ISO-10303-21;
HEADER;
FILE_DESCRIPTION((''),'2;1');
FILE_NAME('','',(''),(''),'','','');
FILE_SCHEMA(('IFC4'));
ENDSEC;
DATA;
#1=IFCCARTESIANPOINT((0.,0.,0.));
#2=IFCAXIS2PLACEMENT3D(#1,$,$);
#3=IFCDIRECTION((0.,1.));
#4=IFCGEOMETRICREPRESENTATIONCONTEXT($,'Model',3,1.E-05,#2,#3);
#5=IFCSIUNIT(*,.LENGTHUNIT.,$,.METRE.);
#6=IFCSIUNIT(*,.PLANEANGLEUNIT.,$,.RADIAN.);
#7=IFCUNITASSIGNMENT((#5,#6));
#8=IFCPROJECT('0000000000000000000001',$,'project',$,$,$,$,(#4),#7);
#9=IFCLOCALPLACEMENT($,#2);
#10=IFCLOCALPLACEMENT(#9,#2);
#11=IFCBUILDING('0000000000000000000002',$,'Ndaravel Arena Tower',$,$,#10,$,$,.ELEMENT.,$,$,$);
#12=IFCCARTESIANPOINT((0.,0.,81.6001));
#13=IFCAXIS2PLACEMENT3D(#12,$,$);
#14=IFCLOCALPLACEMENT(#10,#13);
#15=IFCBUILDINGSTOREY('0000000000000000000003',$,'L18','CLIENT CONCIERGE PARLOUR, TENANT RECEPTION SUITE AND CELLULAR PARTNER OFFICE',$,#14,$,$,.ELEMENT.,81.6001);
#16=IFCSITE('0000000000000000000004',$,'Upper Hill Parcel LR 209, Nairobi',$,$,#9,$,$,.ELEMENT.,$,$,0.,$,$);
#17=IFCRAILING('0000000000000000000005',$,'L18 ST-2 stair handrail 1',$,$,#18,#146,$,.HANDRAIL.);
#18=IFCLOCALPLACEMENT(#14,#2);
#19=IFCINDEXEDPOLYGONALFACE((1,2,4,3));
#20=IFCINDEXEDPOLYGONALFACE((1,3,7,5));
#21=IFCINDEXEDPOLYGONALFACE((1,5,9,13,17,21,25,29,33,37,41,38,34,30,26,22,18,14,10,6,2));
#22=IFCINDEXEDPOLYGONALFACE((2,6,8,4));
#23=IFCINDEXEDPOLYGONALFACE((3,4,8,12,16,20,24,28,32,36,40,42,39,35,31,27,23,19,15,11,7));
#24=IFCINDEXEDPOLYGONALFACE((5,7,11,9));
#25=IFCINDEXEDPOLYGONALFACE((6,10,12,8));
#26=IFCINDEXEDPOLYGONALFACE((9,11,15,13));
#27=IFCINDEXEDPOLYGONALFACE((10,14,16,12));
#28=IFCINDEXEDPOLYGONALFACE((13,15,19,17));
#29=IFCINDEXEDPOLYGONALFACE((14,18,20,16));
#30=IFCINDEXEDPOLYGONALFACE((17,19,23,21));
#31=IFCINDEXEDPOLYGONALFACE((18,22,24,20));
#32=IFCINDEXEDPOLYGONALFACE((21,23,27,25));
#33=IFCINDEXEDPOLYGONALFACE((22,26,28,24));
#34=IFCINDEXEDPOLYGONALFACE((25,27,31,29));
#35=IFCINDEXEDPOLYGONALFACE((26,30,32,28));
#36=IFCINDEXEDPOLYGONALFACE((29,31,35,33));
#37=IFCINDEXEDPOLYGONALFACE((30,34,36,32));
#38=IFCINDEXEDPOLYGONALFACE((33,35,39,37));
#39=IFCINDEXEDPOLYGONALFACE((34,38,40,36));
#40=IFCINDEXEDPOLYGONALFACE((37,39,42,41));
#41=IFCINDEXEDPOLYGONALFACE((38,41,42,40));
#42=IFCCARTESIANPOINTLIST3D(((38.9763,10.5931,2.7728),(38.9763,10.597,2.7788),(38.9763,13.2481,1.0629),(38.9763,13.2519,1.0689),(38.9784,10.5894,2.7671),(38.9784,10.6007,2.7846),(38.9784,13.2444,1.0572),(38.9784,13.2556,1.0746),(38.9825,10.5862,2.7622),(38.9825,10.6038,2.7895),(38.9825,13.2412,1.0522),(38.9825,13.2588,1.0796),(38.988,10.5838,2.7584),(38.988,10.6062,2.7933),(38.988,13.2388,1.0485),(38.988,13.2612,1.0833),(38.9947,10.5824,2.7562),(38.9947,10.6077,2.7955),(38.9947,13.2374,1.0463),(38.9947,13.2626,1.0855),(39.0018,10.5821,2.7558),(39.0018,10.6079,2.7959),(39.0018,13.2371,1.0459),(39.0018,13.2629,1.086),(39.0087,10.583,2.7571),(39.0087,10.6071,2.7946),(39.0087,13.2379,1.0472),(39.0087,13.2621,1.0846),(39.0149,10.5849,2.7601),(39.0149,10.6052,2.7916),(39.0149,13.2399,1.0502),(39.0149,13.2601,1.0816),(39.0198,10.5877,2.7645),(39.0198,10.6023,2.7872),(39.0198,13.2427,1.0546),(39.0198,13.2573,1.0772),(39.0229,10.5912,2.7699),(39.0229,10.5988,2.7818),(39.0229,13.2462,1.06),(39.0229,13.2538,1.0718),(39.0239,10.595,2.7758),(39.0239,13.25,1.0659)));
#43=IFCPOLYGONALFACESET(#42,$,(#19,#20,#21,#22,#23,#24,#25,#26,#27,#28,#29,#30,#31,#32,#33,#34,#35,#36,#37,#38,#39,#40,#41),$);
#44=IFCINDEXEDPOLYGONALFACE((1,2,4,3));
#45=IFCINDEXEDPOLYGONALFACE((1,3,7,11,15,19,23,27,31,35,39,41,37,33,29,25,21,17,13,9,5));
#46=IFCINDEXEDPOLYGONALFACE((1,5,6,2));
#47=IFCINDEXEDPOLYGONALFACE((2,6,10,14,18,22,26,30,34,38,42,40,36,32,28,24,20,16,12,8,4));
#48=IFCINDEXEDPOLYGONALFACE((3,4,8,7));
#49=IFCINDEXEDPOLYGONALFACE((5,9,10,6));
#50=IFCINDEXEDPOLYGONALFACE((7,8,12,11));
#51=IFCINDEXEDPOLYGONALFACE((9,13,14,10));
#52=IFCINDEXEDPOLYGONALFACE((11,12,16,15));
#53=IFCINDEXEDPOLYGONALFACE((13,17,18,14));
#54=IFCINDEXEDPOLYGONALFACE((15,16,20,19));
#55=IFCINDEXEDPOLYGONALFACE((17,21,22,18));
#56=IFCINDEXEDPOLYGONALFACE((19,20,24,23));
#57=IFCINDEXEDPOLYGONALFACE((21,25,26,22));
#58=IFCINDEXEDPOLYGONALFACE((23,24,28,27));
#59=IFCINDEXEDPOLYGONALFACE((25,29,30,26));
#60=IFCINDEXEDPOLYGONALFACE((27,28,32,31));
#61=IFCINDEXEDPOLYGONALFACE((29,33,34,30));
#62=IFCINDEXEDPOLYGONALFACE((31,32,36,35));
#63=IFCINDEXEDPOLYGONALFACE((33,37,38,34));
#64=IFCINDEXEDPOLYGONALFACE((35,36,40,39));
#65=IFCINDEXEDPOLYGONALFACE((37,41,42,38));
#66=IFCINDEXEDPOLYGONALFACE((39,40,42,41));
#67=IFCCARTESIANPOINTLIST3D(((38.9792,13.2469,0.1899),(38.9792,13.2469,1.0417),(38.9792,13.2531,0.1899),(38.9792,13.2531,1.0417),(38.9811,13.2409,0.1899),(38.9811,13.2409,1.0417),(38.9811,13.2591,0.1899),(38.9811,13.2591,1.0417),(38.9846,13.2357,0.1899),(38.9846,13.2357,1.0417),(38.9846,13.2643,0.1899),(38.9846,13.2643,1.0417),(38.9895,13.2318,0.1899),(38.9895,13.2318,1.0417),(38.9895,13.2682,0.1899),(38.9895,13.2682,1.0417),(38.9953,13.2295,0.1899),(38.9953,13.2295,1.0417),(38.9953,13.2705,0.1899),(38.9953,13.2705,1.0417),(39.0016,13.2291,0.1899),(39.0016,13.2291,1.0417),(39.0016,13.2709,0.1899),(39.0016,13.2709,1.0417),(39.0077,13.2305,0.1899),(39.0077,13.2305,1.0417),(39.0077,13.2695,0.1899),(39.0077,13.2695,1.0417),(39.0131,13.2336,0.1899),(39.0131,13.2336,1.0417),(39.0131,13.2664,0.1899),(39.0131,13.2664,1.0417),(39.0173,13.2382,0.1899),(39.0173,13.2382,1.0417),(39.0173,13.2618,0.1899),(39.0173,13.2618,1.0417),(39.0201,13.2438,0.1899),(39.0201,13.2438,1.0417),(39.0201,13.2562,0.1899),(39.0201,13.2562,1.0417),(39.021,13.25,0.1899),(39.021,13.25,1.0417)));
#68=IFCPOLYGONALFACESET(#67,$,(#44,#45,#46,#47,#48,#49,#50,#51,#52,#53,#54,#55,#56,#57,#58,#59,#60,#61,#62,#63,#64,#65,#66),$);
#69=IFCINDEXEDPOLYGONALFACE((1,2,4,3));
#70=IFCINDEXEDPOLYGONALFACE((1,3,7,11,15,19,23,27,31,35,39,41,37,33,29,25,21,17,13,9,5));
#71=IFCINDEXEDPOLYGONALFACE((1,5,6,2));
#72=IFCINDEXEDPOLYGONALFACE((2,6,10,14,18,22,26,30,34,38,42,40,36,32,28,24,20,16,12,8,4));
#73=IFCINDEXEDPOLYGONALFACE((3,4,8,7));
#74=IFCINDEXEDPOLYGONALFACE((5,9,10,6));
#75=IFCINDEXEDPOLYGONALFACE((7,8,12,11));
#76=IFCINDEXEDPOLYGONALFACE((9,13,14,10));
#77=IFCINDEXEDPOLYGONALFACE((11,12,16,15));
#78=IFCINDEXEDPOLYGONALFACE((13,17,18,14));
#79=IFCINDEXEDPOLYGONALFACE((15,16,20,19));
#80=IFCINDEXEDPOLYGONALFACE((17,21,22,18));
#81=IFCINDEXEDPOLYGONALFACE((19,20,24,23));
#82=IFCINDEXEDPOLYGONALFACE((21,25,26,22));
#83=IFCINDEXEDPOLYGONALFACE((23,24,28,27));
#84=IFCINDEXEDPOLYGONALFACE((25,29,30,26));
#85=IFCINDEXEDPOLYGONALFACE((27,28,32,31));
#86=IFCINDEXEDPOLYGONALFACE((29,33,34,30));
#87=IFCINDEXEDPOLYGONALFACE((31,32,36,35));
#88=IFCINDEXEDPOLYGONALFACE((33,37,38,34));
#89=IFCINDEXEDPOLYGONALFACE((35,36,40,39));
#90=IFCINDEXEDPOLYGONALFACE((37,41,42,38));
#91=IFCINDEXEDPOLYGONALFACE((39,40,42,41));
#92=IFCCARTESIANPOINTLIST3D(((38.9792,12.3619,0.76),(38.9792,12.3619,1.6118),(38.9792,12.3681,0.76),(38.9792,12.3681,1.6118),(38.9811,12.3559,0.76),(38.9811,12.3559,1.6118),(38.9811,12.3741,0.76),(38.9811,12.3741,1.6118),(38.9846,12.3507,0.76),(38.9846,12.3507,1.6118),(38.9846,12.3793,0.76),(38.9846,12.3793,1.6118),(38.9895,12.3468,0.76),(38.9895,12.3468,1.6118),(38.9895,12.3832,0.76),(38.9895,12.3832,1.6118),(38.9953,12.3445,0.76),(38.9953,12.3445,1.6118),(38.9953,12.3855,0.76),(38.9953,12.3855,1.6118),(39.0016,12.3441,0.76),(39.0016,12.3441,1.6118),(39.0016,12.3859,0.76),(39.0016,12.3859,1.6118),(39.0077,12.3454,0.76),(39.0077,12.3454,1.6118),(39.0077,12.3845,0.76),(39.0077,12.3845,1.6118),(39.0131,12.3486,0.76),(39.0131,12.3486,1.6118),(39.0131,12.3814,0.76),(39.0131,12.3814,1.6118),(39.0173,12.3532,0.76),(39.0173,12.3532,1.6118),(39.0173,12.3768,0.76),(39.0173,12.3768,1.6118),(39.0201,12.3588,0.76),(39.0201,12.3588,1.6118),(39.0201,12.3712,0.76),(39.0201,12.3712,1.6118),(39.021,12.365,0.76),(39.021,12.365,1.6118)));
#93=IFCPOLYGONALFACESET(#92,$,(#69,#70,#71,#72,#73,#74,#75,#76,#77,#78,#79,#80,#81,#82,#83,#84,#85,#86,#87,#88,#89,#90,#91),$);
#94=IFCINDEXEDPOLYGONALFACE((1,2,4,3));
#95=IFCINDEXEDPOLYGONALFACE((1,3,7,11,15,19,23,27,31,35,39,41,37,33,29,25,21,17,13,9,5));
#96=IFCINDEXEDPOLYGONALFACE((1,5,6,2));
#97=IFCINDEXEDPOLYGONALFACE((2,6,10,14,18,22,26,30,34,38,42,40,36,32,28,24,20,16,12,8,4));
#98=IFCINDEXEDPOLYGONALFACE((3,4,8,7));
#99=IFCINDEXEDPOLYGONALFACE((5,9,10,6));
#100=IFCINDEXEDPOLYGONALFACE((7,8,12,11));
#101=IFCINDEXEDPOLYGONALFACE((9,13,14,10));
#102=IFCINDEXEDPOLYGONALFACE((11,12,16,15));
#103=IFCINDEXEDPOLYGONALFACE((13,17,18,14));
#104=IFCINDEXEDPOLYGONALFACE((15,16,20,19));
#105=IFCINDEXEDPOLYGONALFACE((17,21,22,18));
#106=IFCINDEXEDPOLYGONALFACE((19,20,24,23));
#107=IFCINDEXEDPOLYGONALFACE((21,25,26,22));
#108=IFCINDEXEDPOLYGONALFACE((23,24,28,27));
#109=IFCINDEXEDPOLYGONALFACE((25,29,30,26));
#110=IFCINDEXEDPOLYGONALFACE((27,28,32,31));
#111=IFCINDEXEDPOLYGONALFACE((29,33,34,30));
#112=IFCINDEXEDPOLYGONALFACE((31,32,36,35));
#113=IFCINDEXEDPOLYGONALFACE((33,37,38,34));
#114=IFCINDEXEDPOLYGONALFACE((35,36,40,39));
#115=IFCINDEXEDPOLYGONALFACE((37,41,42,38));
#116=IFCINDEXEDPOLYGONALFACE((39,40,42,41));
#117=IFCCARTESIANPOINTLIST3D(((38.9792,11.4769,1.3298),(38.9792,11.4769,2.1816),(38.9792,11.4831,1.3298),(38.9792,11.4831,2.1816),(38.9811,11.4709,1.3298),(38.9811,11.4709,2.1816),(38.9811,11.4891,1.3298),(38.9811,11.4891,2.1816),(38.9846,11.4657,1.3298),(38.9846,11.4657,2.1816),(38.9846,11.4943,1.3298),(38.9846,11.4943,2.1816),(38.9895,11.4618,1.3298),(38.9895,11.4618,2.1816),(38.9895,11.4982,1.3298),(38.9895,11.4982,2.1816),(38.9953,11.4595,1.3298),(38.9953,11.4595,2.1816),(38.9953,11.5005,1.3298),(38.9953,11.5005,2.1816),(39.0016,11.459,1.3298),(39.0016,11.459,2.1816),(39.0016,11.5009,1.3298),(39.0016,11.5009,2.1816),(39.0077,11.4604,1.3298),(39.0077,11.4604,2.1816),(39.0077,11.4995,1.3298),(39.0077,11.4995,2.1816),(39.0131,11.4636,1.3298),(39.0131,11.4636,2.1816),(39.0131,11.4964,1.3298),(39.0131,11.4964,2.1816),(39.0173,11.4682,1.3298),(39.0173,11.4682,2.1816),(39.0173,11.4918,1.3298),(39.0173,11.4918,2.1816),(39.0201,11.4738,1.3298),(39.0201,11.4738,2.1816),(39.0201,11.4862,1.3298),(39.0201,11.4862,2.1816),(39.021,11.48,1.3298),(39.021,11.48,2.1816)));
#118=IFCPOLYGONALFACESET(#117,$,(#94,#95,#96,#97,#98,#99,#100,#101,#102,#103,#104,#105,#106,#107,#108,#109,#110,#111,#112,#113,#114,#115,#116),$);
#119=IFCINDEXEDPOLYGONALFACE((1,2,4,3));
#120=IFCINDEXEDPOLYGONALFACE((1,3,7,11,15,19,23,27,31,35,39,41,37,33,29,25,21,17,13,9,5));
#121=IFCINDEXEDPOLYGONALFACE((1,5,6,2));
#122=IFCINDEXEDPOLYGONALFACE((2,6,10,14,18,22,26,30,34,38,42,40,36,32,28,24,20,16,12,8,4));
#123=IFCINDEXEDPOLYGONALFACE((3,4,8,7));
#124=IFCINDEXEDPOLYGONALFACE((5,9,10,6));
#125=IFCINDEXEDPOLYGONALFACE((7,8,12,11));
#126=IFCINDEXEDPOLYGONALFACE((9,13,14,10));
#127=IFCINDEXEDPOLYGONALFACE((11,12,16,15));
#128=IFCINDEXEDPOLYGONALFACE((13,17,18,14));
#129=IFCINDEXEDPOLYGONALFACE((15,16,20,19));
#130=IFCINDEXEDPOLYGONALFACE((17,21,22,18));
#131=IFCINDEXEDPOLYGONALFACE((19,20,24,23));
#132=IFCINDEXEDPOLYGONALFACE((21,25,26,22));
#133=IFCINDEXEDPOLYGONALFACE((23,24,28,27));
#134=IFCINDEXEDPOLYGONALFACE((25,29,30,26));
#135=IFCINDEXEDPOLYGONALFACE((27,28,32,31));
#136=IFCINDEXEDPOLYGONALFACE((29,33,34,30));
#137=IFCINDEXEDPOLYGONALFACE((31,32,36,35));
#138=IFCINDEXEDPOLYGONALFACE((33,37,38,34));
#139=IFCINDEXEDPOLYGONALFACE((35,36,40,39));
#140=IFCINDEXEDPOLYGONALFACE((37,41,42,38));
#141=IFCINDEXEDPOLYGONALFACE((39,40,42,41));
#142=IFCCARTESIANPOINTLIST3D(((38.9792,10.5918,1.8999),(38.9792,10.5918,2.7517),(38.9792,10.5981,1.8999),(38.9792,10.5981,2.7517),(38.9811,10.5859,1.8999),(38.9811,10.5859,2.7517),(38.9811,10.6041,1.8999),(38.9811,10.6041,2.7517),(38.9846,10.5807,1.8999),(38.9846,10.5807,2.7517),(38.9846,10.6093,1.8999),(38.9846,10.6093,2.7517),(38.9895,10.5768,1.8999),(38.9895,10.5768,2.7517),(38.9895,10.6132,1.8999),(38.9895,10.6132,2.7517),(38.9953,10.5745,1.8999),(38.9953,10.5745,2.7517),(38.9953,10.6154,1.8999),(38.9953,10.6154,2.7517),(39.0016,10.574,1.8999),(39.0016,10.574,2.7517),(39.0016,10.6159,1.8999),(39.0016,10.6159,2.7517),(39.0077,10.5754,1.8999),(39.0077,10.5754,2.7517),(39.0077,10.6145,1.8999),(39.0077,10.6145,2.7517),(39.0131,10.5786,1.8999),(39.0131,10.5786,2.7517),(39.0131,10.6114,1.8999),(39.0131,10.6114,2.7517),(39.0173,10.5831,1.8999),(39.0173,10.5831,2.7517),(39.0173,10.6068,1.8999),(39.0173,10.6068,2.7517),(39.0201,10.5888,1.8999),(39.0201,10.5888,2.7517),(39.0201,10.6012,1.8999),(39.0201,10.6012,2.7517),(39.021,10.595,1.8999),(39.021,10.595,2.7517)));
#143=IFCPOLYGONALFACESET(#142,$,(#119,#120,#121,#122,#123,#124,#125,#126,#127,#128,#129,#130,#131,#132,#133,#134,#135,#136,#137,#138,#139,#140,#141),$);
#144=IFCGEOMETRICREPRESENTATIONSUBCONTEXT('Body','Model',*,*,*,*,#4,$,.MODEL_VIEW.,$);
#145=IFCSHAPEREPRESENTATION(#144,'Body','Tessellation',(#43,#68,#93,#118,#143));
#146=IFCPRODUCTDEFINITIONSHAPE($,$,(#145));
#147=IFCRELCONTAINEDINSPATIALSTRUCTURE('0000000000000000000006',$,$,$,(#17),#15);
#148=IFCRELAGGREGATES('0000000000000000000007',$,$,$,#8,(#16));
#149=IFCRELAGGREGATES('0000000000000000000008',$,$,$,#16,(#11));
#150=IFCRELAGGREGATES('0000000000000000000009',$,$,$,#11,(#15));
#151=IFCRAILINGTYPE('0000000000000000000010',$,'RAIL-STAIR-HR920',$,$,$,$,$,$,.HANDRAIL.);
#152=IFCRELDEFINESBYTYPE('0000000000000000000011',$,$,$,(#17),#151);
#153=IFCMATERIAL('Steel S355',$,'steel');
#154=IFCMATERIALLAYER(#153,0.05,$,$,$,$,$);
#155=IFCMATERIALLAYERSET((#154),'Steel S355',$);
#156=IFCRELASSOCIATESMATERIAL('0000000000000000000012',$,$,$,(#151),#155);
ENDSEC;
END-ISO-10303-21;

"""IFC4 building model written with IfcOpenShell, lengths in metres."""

from ifc_helpers import new_model, si_unit, direction, frame, origin, origin_2d, place, context, subcontext, project, spatial, circle, extrude, material, layer, layer_set, type_object, element, save


model = new_model("IFC4")

# Units and contexts
model_context = context("Model", 3, precision=1e-05, world=origin(), true_north=direction((0.0, 1.0)))
body_context = subcontext(model_context, "Body", "Model", "MODEL_VIEW")
ifc_project = project(units=[si_unit("LENGTHUNIT", "METRE"), si_unit("PLANEANGLEUNIT", "RADIAN")], contexts=[model_context])

# Site, building, storey
site_placement = place(None, origin())
site = spatial("IfcSite", under=ifc_project, at=site_placement, Name="Upper Hill Parcel LR 209, Nairobi", CompositionType="ELEMENT", RefElevation=0.0)
building_placement = place(site_placement, origin())
building = spatial("IfcBuilding", under=site, at=building_placement, Name="Ndaravel Arena Tower", CompositionType="ELEMENT")
storey_placement = place(building_placement, frame((0.0, 0.0, 81.6001)))
storey = spatial("IfcBuildingStorey", under=building, at=storey_placement, Name="L18", Description="CLIENT CONCIERGE PARLOUR, TENANT RECEPTION SUITE AND CELLULAR PARTNER OFFICE", CompositionType="ELEMENT", Elevation=81.6001)

# Railing
ifc_material_1 = material(Name="Steel S355", Category="steel")
ifc_layer_1 = layer(ifc_material_1, 0.05)
ifc_layer_set_1 = layer_set([ifc_layer_1], Name="Steel S355")
railing_type_1 = type_object("IfcRailingType", Name="RAIL-STAIR-HR920", PredefinedType="HANDRAIL", material=ifc_layer_set_1)
railing_1_placement = place(storey_placement, frame((39.0, 13.25, 0.1899)))
element("IfcRailing", 1, at=railing_1_placement, inside=storey, type_object=railing_type_1, Name="L18 ST-2 stair handrail 1", PredefinedType="HANDRAIL", context=body_context, shape_type="SweptSolid", body=[
    extrude(circle(Radius=0.0239, at=origin_2d()), frame((0.0, 0.0, 0.876), z_axis=(0.0, -0.840724, 0.541465), x_axis=(1.0, 0.0, 0.0)), (0.0, 0.0, 1.0), 3.158),
    extrude(circle(Radius=0.021, at=origin_2d()), origin(), (0.0, 0.0, 1.0), 0.8518),
    extrude(circle(Radius=0.021, at=origin_2d()), frame((0.0, -0.885, 0.5701)), (0.0, 0.0, 1.0), 0.8518),
    extrude(circle(Radius=0.021, at=origin_2d()), frame((0.0, -1.77, 1.1399)), (0.0, 0.0, 1.0), 0.8518),
    extrude(circle(Radius=0.021, at=origin_2d()), frame((0.0, -2.655, 1.71)), (0.0, 0.0, 1.0), 0.8518),
])

save(model, "model.ifc")
